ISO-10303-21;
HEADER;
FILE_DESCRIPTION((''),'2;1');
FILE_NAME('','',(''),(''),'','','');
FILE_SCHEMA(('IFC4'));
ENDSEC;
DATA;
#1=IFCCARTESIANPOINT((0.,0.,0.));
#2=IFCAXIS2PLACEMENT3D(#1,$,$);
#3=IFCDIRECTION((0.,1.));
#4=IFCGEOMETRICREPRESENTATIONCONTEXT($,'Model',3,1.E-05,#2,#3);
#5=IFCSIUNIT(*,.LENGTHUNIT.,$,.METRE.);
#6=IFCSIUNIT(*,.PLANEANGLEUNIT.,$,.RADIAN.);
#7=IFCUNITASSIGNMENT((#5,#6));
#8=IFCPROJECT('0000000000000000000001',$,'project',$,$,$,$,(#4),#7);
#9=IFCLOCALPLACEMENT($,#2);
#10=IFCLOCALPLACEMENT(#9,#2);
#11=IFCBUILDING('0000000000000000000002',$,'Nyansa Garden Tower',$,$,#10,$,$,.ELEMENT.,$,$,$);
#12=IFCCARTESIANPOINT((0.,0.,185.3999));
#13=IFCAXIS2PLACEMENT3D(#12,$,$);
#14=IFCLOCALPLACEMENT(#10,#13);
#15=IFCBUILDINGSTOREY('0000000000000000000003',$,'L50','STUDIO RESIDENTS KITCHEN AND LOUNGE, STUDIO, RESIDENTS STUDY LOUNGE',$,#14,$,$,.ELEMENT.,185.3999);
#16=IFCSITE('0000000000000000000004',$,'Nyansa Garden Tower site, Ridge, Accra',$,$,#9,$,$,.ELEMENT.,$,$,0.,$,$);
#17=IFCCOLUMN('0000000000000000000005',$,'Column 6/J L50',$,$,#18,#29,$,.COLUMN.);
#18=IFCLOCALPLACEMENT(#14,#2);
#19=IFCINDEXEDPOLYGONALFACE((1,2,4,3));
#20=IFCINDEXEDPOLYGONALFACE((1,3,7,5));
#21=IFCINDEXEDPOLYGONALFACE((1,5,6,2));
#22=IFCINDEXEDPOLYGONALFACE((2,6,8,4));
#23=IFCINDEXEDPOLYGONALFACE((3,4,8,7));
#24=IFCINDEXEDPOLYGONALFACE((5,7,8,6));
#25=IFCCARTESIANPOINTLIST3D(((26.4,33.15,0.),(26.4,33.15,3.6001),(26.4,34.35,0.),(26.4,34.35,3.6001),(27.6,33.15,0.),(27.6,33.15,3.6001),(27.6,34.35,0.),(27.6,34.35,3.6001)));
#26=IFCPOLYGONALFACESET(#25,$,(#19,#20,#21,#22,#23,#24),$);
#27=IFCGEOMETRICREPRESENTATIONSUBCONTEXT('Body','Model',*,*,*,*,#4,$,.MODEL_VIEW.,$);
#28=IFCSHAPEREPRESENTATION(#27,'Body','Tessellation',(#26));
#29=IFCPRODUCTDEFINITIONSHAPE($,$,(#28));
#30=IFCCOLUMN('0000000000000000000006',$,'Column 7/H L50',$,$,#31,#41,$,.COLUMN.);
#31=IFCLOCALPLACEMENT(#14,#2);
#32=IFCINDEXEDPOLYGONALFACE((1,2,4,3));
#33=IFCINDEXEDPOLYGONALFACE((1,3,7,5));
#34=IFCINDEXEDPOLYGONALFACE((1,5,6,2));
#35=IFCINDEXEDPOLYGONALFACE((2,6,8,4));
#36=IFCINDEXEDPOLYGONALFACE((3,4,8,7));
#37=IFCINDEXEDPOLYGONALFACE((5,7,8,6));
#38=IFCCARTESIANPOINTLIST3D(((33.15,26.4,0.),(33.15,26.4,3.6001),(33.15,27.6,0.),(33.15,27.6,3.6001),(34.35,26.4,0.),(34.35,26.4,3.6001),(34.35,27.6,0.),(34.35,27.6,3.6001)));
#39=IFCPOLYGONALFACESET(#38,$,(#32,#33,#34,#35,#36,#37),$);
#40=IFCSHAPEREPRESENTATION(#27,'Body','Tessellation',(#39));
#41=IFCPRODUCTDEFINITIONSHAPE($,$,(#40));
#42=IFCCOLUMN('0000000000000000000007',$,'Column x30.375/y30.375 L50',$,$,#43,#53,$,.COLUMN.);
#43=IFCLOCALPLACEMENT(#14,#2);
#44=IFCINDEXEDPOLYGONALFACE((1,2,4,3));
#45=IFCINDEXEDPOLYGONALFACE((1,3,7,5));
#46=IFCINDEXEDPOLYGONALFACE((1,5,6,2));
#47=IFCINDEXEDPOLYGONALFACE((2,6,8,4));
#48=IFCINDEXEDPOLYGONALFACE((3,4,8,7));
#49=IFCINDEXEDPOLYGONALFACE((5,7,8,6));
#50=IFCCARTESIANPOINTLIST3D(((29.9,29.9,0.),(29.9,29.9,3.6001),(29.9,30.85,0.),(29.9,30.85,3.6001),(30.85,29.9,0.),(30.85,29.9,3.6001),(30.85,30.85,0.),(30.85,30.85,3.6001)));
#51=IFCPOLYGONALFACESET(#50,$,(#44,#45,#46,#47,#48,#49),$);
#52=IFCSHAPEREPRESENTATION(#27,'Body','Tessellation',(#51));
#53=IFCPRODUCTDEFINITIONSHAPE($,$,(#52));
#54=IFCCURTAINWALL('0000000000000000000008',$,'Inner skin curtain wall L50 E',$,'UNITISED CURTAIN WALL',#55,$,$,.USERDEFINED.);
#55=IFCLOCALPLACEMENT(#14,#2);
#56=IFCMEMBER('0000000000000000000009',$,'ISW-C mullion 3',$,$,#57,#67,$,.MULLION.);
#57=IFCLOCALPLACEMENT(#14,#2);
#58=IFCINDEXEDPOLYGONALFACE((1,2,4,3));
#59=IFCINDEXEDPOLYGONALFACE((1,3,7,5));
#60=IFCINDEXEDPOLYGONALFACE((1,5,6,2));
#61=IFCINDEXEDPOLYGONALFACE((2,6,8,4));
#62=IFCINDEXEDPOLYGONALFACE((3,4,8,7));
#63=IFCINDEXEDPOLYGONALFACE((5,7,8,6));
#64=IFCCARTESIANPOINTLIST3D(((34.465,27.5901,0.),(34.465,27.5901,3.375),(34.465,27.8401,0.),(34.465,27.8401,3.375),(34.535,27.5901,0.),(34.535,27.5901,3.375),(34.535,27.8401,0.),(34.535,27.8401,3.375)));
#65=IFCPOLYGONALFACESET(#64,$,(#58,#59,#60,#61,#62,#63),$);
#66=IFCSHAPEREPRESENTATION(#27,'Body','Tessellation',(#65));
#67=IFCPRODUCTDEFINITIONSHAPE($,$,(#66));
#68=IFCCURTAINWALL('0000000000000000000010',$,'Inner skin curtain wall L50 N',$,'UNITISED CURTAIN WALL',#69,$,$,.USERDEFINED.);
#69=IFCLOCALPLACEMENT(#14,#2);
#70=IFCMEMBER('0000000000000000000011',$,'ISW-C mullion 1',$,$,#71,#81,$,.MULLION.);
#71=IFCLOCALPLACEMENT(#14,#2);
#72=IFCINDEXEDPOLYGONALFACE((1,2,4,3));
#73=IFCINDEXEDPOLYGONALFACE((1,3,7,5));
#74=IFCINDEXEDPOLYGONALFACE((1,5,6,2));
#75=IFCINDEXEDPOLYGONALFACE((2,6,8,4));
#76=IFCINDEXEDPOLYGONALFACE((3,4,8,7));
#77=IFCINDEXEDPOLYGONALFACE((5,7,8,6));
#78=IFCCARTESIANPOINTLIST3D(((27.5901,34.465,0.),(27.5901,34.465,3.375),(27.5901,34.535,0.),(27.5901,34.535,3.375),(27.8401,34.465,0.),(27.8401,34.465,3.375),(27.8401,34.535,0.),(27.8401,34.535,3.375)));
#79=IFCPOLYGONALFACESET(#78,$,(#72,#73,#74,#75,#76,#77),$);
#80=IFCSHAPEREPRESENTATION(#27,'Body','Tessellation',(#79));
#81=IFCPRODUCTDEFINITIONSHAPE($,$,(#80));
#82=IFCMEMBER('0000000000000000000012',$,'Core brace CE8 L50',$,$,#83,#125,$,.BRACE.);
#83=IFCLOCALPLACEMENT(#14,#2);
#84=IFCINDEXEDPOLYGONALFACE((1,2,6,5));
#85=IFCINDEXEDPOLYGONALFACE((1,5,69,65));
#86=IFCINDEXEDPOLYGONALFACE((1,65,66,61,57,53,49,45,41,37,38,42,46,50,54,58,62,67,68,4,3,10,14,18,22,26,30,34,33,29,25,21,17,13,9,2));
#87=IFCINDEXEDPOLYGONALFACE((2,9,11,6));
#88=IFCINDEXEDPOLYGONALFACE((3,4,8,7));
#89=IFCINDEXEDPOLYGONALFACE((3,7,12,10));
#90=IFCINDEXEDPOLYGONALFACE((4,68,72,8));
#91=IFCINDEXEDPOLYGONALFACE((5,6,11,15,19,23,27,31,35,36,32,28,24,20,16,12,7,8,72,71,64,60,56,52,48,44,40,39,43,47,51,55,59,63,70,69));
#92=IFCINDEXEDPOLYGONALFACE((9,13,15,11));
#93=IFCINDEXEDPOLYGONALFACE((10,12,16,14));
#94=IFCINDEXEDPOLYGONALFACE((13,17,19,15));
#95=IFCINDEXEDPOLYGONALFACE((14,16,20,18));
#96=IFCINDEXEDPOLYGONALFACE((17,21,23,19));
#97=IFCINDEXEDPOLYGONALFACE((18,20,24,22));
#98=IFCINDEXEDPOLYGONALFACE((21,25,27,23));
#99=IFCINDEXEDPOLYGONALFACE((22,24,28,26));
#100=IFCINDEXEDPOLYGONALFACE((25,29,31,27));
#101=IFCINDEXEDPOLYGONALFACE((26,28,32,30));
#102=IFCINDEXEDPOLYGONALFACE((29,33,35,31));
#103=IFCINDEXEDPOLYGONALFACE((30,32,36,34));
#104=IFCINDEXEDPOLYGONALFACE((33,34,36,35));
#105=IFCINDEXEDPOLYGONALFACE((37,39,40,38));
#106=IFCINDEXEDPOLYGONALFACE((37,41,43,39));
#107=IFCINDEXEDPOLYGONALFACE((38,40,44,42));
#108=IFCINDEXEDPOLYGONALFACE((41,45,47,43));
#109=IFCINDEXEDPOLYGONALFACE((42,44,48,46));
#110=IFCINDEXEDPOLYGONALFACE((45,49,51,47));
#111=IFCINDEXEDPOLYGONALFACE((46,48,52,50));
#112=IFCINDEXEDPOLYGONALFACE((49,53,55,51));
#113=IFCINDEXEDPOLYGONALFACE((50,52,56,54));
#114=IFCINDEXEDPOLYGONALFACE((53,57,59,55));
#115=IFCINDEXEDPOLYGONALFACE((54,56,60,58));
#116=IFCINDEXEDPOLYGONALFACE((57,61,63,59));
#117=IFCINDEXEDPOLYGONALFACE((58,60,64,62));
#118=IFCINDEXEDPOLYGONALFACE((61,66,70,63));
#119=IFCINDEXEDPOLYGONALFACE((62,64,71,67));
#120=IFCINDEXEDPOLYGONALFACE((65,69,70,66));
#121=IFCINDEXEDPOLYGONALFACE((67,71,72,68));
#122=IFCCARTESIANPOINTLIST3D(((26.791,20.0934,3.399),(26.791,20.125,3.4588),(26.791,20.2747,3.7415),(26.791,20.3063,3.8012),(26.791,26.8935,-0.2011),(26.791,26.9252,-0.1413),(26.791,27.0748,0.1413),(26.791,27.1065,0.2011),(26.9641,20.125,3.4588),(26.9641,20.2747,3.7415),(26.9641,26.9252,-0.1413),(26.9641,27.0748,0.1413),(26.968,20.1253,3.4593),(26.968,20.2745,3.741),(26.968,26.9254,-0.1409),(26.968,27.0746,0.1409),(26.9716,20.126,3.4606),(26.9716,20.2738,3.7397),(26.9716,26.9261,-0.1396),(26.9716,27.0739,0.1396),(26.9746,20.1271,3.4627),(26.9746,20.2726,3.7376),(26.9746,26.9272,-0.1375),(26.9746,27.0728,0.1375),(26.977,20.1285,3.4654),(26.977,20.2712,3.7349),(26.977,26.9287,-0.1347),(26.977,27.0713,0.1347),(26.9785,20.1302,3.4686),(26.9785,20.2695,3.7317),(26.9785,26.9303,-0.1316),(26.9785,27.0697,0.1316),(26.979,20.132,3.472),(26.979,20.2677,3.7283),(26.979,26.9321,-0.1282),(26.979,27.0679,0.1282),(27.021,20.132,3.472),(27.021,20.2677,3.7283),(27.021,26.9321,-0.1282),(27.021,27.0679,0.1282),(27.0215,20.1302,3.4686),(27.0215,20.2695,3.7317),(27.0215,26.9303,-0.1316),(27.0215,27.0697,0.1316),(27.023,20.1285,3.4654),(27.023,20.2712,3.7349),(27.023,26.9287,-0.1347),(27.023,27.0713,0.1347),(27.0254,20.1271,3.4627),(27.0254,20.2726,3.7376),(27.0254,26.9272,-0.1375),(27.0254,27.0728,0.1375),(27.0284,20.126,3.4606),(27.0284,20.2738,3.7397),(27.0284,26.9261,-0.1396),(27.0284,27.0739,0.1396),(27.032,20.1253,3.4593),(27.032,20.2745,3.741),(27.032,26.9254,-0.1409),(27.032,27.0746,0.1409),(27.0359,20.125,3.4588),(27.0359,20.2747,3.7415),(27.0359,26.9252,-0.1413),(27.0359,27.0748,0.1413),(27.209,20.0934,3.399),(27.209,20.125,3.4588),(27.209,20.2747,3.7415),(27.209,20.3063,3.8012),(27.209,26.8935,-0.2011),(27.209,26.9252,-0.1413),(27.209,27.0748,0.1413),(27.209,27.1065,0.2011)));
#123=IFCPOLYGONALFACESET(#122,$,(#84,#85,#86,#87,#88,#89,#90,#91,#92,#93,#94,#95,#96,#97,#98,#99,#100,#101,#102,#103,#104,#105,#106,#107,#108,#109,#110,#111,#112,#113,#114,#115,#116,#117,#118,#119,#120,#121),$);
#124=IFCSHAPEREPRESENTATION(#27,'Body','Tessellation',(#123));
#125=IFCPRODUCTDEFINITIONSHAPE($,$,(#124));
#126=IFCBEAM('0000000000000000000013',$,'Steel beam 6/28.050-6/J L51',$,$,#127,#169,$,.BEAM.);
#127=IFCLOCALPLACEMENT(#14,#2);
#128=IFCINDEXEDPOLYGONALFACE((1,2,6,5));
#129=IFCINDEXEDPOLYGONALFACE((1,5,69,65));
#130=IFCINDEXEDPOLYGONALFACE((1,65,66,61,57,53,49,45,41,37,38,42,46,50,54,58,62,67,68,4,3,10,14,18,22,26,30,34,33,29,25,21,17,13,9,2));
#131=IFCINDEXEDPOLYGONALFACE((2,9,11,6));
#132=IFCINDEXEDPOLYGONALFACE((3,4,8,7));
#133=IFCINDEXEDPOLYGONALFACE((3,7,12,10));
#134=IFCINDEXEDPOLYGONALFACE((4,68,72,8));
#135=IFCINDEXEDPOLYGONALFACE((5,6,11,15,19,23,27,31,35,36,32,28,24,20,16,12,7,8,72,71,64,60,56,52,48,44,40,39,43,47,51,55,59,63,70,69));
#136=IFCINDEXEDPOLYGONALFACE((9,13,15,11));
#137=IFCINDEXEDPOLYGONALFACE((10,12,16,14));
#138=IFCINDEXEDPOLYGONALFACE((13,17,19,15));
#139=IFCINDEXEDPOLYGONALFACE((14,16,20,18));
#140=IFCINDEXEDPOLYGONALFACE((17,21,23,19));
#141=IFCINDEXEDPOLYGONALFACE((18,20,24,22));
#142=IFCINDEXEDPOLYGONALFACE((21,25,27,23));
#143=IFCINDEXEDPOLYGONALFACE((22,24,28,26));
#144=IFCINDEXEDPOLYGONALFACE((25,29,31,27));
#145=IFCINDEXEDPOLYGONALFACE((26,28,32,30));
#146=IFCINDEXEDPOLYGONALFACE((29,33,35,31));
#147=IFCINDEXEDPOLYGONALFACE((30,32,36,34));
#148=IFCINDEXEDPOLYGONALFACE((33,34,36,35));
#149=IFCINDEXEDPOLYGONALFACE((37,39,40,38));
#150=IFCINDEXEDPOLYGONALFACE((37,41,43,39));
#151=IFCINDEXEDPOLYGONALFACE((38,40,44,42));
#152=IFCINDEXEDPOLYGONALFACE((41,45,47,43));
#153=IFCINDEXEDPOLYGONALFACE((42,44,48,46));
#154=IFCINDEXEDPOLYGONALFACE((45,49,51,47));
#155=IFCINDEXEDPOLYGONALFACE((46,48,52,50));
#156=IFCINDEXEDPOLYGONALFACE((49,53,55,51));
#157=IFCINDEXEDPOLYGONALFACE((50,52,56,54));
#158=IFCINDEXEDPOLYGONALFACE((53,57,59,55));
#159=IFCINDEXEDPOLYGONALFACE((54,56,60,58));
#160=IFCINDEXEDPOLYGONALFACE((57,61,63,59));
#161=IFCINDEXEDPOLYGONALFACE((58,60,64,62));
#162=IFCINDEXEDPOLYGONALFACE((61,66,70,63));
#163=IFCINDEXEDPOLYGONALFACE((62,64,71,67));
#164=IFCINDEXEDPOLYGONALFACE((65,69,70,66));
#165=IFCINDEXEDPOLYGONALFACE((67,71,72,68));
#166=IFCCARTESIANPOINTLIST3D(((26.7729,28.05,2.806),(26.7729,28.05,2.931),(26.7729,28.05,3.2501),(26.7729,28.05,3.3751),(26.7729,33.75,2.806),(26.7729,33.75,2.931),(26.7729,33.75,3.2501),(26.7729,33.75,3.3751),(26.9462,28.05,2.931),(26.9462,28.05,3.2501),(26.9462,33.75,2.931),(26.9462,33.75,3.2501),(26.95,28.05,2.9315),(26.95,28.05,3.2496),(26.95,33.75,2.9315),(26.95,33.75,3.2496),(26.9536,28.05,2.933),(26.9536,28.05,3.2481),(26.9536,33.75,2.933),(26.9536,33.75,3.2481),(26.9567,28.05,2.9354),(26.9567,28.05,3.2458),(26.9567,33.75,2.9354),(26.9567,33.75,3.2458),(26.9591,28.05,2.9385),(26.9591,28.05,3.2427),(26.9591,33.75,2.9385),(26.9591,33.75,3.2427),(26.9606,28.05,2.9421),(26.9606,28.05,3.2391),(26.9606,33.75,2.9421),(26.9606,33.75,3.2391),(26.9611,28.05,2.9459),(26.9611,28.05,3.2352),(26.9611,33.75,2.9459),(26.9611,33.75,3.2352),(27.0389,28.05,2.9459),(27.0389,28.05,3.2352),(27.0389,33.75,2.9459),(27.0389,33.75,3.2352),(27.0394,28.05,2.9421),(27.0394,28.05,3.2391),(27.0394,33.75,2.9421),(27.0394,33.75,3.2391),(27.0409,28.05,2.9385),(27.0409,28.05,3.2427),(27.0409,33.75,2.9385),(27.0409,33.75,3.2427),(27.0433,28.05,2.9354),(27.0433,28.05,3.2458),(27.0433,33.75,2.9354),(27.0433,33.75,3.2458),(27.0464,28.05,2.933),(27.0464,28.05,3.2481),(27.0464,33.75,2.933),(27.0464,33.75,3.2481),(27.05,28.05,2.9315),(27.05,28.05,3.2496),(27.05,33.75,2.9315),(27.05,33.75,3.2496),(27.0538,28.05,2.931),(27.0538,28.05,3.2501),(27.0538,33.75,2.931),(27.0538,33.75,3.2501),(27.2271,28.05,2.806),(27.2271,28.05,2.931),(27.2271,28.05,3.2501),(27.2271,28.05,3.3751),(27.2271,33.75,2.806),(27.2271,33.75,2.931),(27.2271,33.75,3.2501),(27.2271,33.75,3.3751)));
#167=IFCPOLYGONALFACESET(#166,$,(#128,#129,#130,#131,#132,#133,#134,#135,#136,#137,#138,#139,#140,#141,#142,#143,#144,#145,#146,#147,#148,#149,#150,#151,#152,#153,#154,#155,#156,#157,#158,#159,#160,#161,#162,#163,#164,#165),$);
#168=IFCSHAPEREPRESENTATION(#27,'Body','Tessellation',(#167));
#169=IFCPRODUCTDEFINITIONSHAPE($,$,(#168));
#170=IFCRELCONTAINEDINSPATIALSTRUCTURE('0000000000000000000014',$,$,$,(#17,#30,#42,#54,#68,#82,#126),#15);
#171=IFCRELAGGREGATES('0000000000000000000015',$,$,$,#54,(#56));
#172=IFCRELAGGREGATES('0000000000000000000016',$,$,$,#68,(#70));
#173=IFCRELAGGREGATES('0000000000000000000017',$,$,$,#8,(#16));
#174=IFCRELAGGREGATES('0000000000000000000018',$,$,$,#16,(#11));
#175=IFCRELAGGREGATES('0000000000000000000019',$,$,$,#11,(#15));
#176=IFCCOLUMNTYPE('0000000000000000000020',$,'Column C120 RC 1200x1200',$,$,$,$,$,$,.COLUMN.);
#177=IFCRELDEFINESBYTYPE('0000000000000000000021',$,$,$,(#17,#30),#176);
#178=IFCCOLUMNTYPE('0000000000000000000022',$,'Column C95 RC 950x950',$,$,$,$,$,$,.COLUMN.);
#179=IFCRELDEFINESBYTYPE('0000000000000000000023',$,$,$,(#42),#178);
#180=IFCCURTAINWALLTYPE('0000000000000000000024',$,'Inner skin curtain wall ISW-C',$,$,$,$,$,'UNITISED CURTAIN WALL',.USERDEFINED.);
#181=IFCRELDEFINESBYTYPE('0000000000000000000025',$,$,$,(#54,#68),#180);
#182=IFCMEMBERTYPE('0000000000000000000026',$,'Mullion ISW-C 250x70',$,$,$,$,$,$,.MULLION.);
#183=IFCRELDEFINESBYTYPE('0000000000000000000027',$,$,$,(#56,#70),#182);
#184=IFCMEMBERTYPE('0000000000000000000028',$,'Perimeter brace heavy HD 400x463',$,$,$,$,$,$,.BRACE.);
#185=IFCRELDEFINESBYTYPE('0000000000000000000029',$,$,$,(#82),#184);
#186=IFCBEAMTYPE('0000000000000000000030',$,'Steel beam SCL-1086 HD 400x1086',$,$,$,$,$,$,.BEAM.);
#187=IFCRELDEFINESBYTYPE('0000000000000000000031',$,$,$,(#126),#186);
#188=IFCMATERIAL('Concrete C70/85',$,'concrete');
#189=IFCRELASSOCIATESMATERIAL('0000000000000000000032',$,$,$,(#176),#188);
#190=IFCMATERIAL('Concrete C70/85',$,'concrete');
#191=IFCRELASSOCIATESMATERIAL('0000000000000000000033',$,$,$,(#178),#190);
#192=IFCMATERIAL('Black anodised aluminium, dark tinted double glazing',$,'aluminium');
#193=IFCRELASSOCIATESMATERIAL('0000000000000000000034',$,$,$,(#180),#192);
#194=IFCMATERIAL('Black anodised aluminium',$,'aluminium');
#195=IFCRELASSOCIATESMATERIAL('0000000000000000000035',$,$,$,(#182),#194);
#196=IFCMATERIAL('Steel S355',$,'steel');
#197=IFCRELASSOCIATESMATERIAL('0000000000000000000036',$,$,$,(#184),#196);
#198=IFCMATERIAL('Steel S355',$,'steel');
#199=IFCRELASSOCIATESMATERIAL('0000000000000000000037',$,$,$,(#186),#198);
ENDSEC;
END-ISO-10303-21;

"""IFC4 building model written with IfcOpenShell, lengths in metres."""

from ifc_helpers import new_model, si_unit, direction, frame, origin, origin_2d, place, context, subcontext, project, spatial, rectangle, i_section, extrude, material, material_profile, profile_set, type_object, element, aggregate, save


model = new_model("IFC4")

# Units and contexts
model_context = context("Model", 3, precision=1e-05, world=origin(), true_north=direction((0.0, 1.0)))
body_context = subcontext(model_context, "Body", "Model", "MODEL_VIEW")
ifc_project = project(units=[si_unit("LENGTHUNIT", "METRE"), si_unit("PLANEANGLEUNIT", "RADIAN")], contexts=[model_context])

# Site, building, storey
site_placement = place(None, origin())
site = spatial("IfcSite", under=ifc_project, at=site_placement, Name="Nyansa Garden Tower site, Ridge, Accra", CompositionType="ELEMENT", RefElevation=0.0)
building_placement = place(site_placement, origin())
building = spatial("IfcBuilding", under=site, at=building_placement, Name="Nyansa Garden Tower", CompositionType="ELEMENT")
storey_placement = place(building_placement, frame((0.0, 0.0, 185.3999)))
storey = spatial("IfcBuildingStorey", under=building, at=storey_placement, Name="L50", Description="STUDIO RESIDENTS KITCHEN AND LOUNGE, STUDIO, RESIDENTS STUDY LOUNGE", CompositionType="ELEMENT", Elevation=185.3999)

# Columns
ifc_material_1 = material(Name="Concrete C70/85", Category="concrete")
ifc_material_profile_1 = material_profile(ifc_material_1, rectangle(XDim=1.2, YDim=1.2, at=origin_2d()), Name="RC 1200x1200")
ifc_profile_set_1 = profile_set([ifc_material_profile_1], Name="Concrete C70/85")
column_type_1 = type_object("IfcColumnType", Name="Column C120 RC 1200x1200", PredefinedType="COLUMN", material=ifc_profile_set_1)
for number, where, z_axis, x_axis, name in (
    (1, (27.0, 33.75, 0.0), (0.0, 0.0, 1.0), (1.0, 0.0, 0.0), "Column 6/J L50"),
    (2, (33.75, 27.0, 0.0), (0.0, 0.0, 1.0), (1.0, 0.0, 0.0), "Column 7/H L50"),
):
    element("IfcColumn", number, at=place(storey_placement, frame(where, z_axis=z_axis, x_axis=x_axis)), inside=storey, type_object=column_type_1, Name=name, PredefinedType="COLUMN", context=body_context, shape_type="SweptSolid", body=[
        extrude(rectangle(XDim=1.2, YDim=1.2, at=origin_2d()), origin(), (0.0, 0.0, 1.0), 3.6001),
    ])
ifc_material_2 = material(Name="Concrete C70/85", Category="concrete")
ifc_material_profile_2 = material_profile(ifc_material_2, rectangle(XDim=0.95, YDim=0.95, at=origin_2d()), Name="RC 950x950")
ifc_profile_set_2 = profile_set([ifc_material_profile_2], Name="Concrete C70/85")
column_type_2 = type_object("IfcColumnType", Name="Column C95 RC 950x950", PredefinedType="COLUMN", material=ifc_profile_set_2)
column_placement = place(storey_placement, frame((30.375, 30.375, 0.0), z_axis=(0.0, 0.0, 1.0), x_axis=(1.0, 0.0, 0.0)))
element("IfcColumn", 3, at=column_placement, inside=storey, type_object=column_type_2, Name="Column x30.375/y30.375 L50", PredefinedType="COLUMN", context=body_context, shape_type="SweptSolid", body=[
    extrude(rectangle(XDim=0.95, YDim=0.95, at=origin_2d()), origin(), (0.0, 0.0, 1.0), 3.6001),
])

# Curtain walls, members
ifc_material_3 = material(Name="Black anodised aluminium, dark tinted double glazing", Category="aluminium")
curtain_wall_type = type_object("IfcCurtainWallType", Name="Inner skin curtain wall ISW-C", ElementType="UNITISED CURTAIN WALL", PredefinedType="USERDEFINED", material=ifc_material_3)
curtain_wall_1_placement = place(storey_placement, origin())
curtain_wall_1 = element("IfcCurtainWall", 4, at=curtain_wall_1_placement, inside=storey, type_object=curtain_wall_type, Name="Inner skin curtain wall L50 E", ObjectType="UNITISED CURTAIN WALL", PredefinedType="USERDEFINED")
ifc_material_4 = material(Name="Black anodised aluminium", Category="aluminium")
ifc_material_profile_3 = material_profile(ifc_material_4, rectangle(XDim=0.0701, YDim=0.25, at=origin_2d()), Name="Mullion 250x70")
ifc_profile_set_3 = profile_set([ifc_material_profile_3], Name="Black anodised aluminium")
member_type_1 = type_object("IfcMemberType", Name="Mullion ISW-C 250x70", PredefinedType="MULLION", material=ifc_profile_set_3)
member_1_placement = place(storey_placement, frame((34.5, 27.7151, 0.0), z_axis=(0.0, 0.0, 1.0), x_axis=(-1.0, 0.0, 0.0)))
member_1 = element("IfcMember", 5, at=member_1_placement, type_object=member_type_1, Name="ISW-C mullion 3", PredefinedType="MULLION", context=body_context, shape_type="SweptSolid", body=[
    extrude(rectangle(XDim=0.0701, YDim=0.25, at=origin_2d()), origin(), (0.0, 0.0, 1.0), 3.375),
])
aggregate(curtain_wall_1, [member_1])
curtain_wall_2_placement = place(storey_placement, origin())
curtain_wall_2 = element("IfcCurtainWall", 6, at=curtain_wall_2_placement, inside=storey, type_object=curtain_wall_type, Name="Inner skin curtain wall L50 N", ObjectType="UNITISED CURTAIN WALL", PredefinedType="USERDEFINED")
member_2_placement = place(storey_placement, frame((27.7151, 34.5, 0.0), z_axis=(0.0, 0.0, 1.0), x_axis=(0.0, -1.0, 0.0)))
member_2 = element("IfcMember", 7, at=member_2_placement, type_object=member_type_1, Name="ISW-C mullion 1", PredefinedType="MULLION", context=body_context, shape_type="SweptSolid", body=[
    extrude(rectangle(XDim=0.0701, YDim=0.25, at=origin_2d()), origin(), (0.0, 0.0, 1.0), 3.375),
])

# Member
ifc_material_5 = material(Name="Steel S355", Category="steel")
ifc_material_profile_4 = material_profile(ifc_material_5, i_section(OverallWidth=0.418, OverallDepth=0.4551, WebThickness=0.042, FlangeThickness=0.0676, FilletRadius=0.0149, at=origin_2d()), Name="HD 400x463")
ifc_profile_set_4 = profile_set([ifc_material_profile_4], Name="Steel S355")
member_type_2 = type_object("IfcMemberType", Name="Perimeter brace heavy HD 400x463", PredefinedType="BRACE", material=ifc_profile_set_4)
member_3_placement = place(storey_placement, frame((27.0, 27.0, 0.0), z_axis=(0.0, -0.883784, 0.467895), x_axis=(1.0, 0.0, 0.0)))
element("IfcMember", 8, at=member_3_placement, inside=storey, type_object=member_type_2, Name="Core brace CE8 L50", PredefinedType="BRACE", context=body_context, shape_type="SweptSolid", body=[
    extrude(i_section(OverallWidth=0.418, OverallDepth=0.4551, WebThickness=0.042, FlangeThickness=0.0676, FilletRadius=0.0149, at=origin_2d()), origin(), (0.0, 0.0, 1.0), 7.6943),
])

# Beam
ifc_material_6 = material(Name="Steel S355", Category="steel")
ifc_material_profile_5 = material_profile(ifc_material_6, i_section(OverallWidth=0.4541, OverallDepth=0.5691, WebThickness=0.0779, FlangeThickness=0.125, FilletRadius=0.0149, at=origin_2d()), Name="HD 400x1086")
ifc_profile_set_5 = profile_set([ifc_material_profile_5], Name="Steel S355")
beam_type_1 = type_object("IfcBeamType", Name="Steel beam SCL-1086 HD 400x1086", PredefinedType="BEAM", material=ifc_profile_set_5)
beam_1_placement = place(storey_placement, frame((27.0, 28.05, 3.0906), z_axis=(0.0, 1.0, 0.0), x_axis=(-1.0, 0.0, 0.0)))
element("IfcBeam", 9, at=beam_1_placement, inside=storey, type_object=beam_type_1, Name="Steel beam 6/28.050-6/J L51", PredefinedType="BEAM", context=body_context, shape_type="SweptSolid", body=[
    extrude(i_section(OverallWidth=0.4541, OverallDepth=0.5691, WebThickness=0.0779, FlangeThickness=0.125, FilletRadius=0.0149, at=origin_2d()), origin(), (0.0, 0.0, 1.0), 5.7),
])

aggregate(curtain_wall_2, [member_2])

save(model, "model.ifc")
